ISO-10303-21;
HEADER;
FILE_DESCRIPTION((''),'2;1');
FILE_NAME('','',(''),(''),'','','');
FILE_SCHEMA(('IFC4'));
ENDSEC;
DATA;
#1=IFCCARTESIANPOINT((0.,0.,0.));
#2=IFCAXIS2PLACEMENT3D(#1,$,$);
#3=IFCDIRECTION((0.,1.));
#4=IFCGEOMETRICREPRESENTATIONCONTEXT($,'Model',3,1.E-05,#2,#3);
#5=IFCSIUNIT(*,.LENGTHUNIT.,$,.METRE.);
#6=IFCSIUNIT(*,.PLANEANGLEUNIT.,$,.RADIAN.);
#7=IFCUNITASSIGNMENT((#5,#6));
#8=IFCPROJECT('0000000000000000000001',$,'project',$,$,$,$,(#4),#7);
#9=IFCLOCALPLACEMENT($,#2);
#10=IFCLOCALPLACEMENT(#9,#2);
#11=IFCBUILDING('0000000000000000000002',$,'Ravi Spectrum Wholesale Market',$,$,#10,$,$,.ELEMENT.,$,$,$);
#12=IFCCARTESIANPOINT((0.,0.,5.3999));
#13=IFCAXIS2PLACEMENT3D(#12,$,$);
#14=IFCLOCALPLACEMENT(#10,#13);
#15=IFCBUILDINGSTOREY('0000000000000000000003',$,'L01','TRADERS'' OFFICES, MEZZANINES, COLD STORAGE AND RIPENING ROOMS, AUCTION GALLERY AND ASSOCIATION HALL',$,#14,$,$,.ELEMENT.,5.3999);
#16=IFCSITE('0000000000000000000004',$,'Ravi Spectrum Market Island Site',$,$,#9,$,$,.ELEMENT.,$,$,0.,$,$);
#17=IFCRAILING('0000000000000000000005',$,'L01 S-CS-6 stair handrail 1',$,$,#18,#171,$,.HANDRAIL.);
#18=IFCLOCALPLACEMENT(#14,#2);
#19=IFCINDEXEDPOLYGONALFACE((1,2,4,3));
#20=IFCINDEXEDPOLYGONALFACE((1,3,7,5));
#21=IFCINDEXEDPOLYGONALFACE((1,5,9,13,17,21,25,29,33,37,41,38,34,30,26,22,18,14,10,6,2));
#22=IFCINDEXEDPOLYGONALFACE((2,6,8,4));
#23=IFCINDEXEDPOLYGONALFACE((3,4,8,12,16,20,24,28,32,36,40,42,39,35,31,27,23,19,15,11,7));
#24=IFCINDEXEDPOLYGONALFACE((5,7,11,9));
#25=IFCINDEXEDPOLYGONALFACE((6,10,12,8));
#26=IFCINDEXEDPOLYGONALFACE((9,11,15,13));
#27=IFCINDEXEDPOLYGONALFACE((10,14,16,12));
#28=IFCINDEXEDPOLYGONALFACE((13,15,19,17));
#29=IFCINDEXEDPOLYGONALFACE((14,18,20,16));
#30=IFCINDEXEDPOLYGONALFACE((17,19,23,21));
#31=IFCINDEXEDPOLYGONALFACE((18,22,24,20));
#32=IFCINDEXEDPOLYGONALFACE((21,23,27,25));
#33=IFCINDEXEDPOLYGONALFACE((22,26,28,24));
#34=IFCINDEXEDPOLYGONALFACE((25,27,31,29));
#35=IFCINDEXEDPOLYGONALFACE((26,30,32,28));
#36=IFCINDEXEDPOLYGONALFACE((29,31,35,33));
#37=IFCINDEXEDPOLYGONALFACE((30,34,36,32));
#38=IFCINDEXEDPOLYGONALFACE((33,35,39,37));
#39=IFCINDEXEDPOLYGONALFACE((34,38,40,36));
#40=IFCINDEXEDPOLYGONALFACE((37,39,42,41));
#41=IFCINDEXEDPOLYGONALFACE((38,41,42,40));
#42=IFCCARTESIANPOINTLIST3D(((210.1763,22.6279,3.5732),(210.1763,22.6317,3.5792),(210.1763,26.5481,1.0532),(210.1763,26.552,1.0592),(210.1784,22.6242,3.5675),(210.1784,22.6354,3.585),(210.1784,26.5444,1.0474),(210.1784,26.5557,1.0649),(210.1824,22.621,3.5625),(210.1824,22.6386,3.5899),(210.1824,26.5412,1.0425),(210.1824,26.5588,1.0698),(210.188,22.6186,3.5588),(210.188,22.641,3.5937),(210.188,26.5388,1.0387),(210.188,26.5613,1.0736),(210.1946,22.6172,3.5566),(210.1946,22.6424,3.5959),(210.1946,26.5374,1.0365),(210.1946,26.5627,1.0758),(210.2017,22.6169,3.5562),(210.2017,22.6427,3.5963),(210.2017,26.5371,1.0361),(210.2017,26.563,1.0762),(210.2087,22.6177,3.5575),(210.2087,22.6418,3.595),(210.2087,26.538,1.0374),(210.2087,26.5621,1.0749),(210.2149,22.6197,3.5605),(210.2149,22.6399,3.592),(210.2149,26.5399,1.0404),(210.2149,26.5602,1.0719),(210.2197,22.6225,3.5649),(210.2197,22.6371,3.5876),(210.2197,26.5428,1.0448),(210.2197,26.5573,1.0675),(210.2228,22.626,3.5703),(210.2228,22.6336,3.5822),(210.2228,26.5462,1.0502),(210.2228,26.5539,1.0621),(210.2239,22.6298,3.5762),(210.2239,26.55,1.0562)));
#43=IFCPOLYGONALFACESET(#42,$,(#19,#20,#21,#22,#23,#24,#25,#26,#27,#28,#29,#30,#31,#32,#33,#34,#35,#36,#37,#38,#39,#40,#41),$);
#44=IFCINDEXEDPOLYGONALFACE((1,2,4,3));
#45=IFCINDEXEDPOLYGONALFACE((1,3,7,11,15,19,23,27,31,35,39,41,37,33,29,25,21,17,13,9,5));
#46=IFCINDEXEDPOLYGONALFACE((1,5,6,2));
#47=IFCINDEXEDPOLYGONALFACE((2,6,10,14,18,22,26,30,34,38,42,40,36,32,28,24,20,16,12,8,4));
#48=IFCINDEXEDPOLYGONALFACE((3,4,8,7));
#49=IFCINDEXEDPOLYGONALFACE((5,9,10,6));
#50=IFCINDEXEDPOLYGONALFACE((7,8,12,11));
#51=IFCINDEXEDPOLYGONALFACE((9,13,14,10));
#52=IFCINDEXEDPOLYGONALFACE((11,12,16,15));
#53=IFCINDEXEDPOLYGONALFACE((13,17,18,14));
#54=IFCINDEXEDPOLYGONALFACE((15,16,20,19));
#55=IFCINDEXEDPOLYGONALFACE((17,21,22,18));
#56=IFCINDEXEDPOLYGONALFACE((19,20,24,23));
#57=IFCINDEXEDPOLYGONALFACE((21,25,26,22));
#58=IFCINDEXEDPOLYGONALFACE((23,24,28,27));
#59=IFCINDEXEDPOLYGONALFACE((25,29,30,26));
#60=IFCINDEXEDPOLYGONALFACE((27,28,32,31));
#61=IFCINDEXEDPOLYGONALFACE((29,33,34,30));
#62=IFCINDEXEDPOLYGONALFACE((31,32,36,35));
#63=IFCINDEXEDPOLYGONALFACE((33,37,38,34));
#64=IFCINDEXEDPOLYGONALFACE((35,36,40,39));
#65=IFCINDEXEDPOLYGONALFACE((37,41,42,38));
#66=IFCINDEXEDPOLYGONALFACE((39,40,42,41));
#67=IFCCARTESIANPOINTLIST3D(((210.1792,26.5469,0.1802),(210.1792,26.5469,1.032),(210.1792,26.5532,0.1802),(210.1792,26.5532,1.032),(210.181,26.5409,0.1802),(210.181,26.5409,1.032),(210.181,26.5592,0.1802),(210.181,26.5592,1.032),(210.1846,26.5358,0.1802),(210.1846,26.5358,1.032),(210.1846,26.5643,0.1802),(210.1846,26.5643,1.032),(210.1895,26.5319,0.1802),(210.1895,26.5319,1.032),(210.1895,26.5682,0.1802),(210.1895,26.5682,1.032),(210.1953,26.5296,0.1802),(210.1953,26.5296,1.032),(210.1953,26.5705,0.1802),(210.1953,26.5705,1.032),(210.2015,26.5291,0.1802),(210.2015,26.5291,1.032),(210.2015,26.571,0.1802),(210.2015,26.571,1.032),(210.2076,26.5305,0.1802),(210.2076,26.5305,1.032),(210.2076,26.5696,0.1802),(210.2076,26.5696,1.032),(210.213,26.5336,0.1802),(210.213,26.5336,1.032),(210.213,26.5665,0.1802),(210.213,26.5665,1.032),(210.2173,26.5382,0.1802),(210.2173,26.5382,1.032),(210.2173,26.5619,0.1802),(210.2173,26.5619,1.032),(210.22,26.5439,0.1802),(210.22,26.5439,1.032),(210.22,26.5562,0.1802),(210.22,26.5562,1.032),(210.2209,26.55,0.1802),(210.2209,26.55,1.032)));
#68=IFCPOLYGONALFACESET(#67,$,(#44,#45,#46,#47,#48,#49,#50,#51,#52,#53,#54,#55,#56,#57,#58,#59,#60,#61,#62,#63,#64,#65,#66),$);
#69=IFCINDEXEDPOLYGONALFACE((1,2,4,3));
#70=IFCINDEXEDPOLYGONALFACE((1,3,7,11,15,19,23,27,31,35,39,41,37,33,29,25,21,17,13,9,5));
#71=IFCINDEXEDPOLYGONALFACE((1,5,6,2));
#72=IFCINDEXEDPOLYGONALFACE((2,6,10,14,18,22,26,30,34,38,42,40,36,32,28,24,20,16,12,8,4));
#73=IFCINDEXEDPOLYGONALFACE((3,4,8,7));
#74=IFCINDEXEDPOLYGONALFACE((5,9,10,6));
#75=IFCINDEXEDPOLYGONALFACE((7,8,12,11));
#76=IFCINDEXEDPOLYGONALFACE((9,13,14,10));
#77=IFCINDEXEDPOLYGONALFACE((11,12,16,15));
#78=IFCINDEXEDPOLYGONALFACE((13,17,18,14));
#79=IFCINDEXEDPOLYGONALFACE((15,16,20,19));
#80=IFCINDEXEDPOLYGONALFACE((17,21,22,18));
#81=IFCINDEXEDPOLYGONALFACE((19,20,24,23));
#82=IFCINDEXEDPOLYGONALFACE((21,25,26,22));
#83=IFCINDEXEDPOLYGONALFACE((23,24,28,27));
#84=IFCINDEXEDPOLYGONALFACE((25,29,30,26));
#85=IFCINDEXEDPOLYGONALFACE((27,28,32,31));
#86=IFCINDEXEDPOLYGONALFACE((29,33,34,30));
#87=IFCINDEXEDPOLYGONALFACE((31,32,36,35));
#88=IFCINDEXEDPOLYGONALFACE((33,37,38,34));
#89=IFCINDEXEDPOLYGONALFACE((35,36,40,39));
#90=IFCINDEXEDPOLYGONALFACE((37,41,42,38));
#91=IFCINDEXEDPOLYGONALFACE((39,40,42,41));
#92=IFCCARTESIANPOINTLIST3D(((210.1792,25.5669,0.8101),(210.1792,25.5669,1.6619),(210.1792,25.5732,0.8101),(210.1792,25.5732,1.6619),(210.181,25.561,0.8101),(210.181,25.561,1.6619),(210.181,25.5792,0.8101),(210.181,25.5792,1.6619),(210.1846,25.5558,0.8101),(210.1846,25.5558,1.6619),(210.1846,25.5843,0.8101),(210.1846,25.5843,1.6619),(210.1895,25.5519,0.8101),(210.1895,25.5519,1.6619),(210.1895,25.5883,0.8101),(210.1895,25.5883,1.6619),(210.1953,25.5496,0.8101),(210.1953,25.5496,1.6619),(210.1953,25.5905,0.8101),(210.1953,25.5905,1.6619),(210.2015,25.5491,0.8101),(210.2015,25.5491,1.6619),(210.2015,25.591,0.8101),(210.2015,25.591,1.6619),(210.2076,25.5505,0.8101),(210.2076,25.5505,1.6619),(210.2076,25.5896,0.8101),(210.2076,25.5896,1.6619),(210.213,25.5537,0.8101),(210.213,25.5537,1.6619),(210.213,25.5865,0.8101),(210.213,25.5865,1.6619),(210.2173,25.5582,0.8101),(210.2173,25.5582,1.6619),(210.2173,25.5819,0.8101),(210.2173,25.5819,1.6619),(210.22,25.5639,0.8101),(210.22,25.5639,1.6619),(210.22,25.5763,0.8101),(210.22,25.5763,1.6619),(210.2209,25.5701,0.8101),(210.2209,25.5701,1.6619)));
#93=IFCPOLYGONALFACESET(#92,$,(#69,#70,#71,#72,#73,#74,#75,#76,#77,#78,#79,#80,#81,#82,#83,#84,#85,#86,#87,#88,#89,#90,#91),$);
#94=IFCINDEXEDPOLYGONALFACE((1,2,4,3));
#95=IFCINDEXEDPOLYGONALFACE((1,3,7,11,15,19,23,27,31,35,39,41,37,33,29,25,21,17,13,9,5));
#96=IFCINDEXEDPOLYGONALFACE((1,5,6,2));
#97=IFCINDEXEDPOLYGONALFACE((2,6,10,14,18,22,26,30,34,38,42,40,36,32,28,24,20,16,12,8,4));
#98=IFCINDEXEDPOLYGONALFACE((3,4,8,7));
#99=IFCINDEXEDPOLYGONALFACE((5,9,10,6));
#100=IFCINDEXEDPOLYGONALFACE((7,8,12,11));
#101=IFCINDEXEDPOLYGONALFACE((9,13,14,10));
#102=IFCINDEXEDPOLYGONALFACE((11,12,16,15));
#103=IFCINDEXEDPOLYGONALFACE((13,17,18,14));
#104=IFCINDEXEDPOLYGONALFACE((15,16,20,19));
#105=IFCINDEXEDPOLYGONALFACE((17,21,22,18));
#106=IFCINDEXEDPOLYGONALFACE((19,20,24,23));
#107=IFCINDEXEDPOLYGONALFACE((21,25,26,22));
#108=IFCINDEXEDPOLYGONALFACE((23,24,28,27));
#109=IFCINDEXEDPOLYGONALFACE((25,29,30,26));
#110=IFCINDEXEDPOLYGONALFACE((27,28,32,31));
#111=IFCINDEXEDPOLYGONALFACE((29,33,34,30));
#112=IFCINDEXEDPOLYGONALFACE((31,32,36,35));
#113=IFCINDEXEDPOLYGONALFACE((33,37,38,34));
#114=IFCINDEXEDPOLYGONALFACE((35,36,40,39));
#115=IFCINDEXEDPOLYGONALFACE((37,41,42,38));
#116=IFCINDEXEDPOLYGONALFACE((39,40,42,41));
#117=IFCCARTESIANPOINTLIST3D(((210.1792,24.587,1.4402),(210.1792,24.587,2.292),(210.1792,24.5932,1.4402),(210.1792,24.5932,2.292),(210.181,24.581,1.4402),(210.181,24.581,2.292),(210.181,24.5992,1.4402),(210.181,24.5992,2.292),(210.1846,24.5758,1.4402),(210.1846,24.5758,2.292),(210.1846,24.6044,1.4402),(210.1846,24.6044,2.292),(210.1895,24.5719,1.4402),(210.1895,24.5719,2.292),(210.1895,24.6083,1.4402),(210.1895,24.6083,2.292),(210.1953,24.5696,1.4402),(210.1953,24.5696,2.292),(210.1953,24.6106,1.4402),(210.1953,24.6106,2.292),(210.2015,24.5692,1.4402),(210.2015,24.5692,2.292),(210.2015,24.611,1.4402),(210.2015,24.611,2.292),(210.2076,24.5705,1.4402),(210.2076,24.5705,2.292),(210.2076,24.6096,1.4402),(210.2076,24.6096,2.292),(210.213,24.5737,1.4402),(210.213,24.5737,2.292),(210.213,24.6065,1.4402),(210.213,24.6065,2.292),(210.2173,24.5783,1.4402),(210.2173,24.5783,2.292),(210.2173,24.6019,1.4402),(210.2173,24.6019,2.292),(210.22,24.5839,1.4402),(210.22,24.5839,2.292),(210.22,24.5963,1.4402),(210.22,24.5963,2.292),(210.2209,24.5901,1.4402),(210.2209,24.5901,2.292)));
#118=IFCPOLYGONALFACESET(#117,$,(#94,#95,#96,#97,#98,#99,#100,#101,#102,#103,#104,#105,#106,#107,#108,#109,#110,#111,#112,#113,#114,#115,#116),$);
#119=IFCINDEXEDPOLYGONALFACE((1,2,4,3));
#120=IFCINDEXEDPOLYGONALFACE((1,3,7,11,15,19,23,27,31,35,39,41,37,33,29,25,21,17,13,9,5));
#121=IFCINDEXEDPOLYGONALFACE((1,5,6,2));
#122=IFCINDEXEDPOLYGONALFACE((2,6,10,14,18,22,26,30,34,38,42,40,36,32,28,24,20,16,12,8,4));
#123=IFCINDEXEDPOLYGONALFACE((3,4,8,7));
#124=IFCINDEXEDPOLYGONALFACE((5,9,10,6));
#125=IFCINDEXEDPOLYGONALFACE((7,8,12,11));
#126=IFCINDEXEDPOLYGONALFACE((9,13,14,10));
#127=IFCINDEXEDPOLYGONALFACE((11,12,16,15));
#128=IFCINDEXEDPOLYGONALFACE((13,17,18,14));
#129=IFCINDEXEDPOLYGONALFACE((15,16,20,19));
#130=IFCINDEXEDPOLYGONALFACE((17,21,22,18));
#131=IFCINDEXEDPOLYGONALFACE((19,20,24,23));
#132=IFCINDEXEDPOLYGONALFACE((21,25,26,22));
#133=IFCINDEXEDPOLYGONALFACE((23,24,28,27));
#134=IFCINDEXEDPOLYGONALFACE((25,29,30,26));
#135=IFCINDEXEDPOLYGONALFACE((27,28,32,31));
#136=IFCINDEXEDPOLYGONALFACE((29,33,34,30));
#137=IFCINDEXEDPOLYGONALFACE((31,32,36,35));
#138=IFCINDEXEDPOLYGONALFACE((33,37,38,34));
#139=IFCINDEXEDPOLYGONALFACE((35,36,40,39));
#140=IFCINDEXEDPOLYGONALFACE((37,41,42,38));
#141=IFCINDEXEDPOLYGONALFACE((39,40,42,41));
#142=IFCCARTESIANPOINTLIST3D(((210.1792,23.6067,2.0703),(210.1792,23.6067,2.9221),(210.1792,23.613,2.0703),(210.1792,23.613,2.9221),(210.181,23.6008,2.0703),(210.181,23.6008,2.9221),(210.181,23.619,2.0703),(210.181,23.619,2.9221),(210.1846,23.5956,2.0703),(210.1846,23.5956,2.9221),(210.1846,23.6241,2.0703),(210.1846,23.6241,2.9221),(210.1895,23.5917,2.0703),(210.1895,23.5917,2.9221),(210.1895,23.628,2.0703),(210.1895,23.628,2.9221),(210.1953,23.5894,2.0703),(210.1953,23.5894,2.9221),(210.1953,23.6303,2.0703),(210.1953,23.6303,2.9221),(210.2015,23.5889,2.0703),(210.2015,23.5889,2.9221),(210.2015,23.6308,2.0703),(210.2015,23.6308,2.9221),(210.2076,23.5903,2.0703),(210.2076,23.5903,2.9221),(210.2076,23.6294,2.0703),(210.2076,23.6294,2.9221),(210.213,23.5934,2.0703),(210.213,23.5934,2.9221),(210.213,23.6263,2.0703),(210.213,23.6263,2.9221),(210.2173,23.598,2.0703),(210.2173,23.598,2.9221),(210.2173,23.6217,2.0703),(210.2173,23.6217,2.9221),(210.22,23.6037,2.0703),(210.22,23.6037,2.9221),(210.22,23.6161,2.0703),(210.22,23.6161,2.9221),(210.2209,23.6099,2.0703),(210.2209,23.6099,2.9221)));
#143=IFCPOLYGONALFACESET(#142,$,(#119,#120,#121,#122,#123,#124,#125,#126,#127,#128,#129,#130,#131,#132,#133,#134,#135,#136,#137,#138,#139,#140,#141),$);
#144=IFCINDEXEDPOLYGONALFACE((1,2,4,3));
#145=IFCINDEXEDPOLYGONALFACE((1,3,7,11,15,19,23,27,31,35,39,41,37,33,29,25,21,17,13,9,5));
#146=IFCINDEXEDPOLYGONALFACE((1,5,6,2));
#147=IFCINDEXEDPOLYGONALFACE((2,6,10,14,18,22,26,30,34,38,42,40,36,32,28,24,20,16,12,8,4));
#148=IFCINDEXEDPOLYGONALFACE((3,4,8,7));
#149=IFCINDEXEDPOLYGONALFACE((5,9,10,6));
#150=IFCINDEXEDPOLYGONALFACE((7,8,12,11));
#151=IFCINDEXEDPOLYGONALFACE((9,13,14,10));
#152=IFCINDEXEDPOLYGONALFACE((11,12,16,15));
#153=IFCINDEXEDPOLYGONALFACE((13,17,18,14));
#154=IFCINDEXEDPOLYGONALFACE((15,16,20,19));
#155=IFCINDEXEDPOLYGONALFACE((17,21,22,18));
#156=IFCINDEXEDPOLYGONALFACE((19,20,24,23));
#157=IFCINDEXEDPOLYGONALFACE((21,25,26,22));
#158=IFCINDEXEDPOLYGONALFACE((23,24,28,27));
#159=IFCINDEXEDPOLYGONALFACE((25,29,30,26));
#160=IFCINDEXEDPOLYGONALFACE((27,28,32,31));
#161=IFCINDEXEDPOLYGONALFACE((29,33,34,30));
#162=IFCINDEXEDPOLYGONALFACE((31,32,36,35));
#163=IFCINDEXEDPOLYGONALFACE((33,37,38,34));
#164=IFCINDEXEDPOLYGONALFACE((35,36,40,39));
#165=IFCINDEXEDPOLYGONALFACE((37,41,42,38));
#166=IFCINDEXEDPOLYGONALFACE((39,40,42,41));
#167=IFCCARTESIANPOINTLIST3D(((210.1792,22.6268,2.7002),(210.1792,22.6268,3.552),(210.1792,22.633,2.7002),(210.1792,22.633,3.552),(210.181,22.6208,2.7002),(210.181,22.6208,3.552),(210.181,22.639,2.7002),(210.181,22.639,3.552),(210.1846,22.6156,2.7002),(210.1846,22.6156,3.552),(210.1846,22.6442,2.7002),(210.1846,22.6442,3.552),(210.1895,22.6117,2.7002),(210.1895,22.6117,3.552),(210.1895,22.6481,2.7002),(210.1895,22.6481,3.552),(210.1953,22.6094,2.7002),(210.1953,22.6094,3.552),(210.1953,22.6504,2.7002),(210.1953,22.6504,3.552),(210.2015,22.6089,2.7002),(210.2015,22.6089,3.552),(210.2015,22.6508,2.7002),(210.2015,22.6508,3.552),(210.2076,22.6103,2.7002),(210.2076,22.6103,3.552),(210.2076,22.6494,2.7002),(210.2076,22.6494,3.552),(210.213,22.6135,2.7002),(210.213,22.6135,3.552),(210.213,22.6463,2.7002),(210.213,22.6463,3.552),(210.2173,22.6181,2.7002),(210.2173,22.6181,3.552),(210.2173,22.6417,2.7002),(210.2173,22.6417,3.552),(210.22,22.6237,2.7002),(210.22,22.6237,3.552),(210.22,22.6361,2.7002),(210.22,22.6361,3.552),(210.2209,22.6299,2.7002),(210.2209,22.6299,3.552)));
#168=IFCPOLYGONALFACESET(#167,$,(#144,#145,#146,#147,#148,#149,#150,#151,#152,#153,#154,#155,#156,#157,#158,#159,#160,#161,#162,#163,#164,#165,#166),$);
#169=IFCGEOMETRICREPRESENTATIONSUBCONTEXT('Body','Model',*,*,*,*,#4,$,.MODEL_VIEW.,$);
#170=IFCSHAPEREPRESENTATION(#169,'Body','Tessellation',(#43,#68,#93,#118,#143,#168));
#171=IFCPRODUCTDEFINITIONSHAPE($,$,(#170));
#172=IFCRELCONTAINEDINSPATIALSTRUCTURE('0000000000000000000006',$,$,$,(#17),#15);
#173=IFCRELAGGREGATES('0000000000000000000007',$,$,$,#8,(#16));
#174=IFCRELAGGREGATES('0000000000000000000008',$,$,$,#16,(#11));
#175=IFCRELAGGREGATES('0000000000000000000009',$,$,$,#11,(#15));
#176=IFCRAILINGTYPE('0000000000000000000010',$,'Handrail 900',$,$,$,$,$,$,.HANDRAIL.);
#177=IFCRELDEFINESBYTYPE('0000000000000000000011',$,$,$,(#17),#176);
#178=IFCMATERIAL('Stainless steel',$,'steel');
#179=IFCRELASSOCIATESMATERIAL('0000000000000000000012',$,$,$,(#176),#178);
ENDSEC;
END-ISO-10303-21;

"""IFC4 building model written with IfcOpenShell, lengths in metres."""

from ifc_helpers import new_model, si_unit, direction, frame, origin, origin_2d, place, context, subcontext, project, spatial, circle, extrude, material, type_object, element, save


model = new_model("IFC4")

# Units and contexts
model_context = context("Model", 3, precision=1e-05, world=origin(), true_north=direction((0.0, 1.0)))
body_context = subcontext(model_context, "Body", "Model", "MODEL_VIEW")
ifc_project = project(units=[si_unit("LENGTHUNIT", "METRE"), si_unit("PLANEANGLEUNIT", "RADIAN")], contexts=[model_context])

# Site, building, storey
site_placement = place(None, origin())
site = spatial("IfcSite", under=ifc_project, at=site_placement, Name="Ravi Spectrum Market Island Site", CompositionType="ELEMENT", RefElevation=0.0)
building_placement = place(site_placement, origin())
building = spatial("IfcBuilding", under=site, at=building_placement, Name="Ravi Spectrum Wholesale Market", CompositionType="ELEMENT")
storey_placement = place(building_placement, frame((0.0, 0.0, 5.3999)))
storey = spatial("IfcBuildingStorey", under=building, at=storey_placement, Name="L01", Description="TRADERS' OFFICES, MEZZANINES, COLD STORAGE AND RIPENING ROOMS, AUCTION GALLERY AND ASSOCIATION HALL", CompositionType="ELEMENT", Elevation=5.3999)

# Railing
ifc_material_1 = material(Name="Stainless steel", Category="steel")
railing_type_1 = type_object("IfcRailingType", Name="Handrail 900", PredefinedType="HANDRAIL", material=ifc_material_1)
railing_1_placement = place(storey_placement, frame((210.2, 26.55, 0.1802)))
element("IfcRailing", 1, at=railing_1_placement, inside=storey, type_object=railing_type_1, Name="L01 S-CS-6 stair handrail 1", PredefinedType="HANDRAIL", context=body_context, shape_type="SweptSolid", body=[
    extrude(circle(Radius=0.0239, at=origin_2d()), frame((0.0, 0.0, 0.876), z_axis=(0.0, -0.841187, 0.540744), x_axis=(1.0, 0.0, 0.0)), (0.0, 0.0, 1.0), 4.6604),
    extrude(circle(Radius=0.021, at=origin_2d()), origin(), (0.0, 0.0, 1.0), 0.8518),
    extrude(circle(Radius=0.021, at=origin_2d()), frame((0.0, -0.98, 0.6299)), (0.0, 0.0, 1.0), 0.8518),
    extrude(circle(Radius=0.021, at=origin_2d()), frame((0.0, -1.96, 1.26)), (0.0, 0.0, 1.0), 0.8518),
    extrude(circle(Radius=0.021, at=origin_2d()), frame((0.0, -2.9402, 1.8901)), (0.0, 0.0, 1.0), 0.8518),
    extrude(circle(Radius=0.021, at=origin_2d()), frame((0.0, -3.9202, 2.52)), (0.0, 0.0, 1.0), 0.8518),
])

save(model, "model.ifc")
